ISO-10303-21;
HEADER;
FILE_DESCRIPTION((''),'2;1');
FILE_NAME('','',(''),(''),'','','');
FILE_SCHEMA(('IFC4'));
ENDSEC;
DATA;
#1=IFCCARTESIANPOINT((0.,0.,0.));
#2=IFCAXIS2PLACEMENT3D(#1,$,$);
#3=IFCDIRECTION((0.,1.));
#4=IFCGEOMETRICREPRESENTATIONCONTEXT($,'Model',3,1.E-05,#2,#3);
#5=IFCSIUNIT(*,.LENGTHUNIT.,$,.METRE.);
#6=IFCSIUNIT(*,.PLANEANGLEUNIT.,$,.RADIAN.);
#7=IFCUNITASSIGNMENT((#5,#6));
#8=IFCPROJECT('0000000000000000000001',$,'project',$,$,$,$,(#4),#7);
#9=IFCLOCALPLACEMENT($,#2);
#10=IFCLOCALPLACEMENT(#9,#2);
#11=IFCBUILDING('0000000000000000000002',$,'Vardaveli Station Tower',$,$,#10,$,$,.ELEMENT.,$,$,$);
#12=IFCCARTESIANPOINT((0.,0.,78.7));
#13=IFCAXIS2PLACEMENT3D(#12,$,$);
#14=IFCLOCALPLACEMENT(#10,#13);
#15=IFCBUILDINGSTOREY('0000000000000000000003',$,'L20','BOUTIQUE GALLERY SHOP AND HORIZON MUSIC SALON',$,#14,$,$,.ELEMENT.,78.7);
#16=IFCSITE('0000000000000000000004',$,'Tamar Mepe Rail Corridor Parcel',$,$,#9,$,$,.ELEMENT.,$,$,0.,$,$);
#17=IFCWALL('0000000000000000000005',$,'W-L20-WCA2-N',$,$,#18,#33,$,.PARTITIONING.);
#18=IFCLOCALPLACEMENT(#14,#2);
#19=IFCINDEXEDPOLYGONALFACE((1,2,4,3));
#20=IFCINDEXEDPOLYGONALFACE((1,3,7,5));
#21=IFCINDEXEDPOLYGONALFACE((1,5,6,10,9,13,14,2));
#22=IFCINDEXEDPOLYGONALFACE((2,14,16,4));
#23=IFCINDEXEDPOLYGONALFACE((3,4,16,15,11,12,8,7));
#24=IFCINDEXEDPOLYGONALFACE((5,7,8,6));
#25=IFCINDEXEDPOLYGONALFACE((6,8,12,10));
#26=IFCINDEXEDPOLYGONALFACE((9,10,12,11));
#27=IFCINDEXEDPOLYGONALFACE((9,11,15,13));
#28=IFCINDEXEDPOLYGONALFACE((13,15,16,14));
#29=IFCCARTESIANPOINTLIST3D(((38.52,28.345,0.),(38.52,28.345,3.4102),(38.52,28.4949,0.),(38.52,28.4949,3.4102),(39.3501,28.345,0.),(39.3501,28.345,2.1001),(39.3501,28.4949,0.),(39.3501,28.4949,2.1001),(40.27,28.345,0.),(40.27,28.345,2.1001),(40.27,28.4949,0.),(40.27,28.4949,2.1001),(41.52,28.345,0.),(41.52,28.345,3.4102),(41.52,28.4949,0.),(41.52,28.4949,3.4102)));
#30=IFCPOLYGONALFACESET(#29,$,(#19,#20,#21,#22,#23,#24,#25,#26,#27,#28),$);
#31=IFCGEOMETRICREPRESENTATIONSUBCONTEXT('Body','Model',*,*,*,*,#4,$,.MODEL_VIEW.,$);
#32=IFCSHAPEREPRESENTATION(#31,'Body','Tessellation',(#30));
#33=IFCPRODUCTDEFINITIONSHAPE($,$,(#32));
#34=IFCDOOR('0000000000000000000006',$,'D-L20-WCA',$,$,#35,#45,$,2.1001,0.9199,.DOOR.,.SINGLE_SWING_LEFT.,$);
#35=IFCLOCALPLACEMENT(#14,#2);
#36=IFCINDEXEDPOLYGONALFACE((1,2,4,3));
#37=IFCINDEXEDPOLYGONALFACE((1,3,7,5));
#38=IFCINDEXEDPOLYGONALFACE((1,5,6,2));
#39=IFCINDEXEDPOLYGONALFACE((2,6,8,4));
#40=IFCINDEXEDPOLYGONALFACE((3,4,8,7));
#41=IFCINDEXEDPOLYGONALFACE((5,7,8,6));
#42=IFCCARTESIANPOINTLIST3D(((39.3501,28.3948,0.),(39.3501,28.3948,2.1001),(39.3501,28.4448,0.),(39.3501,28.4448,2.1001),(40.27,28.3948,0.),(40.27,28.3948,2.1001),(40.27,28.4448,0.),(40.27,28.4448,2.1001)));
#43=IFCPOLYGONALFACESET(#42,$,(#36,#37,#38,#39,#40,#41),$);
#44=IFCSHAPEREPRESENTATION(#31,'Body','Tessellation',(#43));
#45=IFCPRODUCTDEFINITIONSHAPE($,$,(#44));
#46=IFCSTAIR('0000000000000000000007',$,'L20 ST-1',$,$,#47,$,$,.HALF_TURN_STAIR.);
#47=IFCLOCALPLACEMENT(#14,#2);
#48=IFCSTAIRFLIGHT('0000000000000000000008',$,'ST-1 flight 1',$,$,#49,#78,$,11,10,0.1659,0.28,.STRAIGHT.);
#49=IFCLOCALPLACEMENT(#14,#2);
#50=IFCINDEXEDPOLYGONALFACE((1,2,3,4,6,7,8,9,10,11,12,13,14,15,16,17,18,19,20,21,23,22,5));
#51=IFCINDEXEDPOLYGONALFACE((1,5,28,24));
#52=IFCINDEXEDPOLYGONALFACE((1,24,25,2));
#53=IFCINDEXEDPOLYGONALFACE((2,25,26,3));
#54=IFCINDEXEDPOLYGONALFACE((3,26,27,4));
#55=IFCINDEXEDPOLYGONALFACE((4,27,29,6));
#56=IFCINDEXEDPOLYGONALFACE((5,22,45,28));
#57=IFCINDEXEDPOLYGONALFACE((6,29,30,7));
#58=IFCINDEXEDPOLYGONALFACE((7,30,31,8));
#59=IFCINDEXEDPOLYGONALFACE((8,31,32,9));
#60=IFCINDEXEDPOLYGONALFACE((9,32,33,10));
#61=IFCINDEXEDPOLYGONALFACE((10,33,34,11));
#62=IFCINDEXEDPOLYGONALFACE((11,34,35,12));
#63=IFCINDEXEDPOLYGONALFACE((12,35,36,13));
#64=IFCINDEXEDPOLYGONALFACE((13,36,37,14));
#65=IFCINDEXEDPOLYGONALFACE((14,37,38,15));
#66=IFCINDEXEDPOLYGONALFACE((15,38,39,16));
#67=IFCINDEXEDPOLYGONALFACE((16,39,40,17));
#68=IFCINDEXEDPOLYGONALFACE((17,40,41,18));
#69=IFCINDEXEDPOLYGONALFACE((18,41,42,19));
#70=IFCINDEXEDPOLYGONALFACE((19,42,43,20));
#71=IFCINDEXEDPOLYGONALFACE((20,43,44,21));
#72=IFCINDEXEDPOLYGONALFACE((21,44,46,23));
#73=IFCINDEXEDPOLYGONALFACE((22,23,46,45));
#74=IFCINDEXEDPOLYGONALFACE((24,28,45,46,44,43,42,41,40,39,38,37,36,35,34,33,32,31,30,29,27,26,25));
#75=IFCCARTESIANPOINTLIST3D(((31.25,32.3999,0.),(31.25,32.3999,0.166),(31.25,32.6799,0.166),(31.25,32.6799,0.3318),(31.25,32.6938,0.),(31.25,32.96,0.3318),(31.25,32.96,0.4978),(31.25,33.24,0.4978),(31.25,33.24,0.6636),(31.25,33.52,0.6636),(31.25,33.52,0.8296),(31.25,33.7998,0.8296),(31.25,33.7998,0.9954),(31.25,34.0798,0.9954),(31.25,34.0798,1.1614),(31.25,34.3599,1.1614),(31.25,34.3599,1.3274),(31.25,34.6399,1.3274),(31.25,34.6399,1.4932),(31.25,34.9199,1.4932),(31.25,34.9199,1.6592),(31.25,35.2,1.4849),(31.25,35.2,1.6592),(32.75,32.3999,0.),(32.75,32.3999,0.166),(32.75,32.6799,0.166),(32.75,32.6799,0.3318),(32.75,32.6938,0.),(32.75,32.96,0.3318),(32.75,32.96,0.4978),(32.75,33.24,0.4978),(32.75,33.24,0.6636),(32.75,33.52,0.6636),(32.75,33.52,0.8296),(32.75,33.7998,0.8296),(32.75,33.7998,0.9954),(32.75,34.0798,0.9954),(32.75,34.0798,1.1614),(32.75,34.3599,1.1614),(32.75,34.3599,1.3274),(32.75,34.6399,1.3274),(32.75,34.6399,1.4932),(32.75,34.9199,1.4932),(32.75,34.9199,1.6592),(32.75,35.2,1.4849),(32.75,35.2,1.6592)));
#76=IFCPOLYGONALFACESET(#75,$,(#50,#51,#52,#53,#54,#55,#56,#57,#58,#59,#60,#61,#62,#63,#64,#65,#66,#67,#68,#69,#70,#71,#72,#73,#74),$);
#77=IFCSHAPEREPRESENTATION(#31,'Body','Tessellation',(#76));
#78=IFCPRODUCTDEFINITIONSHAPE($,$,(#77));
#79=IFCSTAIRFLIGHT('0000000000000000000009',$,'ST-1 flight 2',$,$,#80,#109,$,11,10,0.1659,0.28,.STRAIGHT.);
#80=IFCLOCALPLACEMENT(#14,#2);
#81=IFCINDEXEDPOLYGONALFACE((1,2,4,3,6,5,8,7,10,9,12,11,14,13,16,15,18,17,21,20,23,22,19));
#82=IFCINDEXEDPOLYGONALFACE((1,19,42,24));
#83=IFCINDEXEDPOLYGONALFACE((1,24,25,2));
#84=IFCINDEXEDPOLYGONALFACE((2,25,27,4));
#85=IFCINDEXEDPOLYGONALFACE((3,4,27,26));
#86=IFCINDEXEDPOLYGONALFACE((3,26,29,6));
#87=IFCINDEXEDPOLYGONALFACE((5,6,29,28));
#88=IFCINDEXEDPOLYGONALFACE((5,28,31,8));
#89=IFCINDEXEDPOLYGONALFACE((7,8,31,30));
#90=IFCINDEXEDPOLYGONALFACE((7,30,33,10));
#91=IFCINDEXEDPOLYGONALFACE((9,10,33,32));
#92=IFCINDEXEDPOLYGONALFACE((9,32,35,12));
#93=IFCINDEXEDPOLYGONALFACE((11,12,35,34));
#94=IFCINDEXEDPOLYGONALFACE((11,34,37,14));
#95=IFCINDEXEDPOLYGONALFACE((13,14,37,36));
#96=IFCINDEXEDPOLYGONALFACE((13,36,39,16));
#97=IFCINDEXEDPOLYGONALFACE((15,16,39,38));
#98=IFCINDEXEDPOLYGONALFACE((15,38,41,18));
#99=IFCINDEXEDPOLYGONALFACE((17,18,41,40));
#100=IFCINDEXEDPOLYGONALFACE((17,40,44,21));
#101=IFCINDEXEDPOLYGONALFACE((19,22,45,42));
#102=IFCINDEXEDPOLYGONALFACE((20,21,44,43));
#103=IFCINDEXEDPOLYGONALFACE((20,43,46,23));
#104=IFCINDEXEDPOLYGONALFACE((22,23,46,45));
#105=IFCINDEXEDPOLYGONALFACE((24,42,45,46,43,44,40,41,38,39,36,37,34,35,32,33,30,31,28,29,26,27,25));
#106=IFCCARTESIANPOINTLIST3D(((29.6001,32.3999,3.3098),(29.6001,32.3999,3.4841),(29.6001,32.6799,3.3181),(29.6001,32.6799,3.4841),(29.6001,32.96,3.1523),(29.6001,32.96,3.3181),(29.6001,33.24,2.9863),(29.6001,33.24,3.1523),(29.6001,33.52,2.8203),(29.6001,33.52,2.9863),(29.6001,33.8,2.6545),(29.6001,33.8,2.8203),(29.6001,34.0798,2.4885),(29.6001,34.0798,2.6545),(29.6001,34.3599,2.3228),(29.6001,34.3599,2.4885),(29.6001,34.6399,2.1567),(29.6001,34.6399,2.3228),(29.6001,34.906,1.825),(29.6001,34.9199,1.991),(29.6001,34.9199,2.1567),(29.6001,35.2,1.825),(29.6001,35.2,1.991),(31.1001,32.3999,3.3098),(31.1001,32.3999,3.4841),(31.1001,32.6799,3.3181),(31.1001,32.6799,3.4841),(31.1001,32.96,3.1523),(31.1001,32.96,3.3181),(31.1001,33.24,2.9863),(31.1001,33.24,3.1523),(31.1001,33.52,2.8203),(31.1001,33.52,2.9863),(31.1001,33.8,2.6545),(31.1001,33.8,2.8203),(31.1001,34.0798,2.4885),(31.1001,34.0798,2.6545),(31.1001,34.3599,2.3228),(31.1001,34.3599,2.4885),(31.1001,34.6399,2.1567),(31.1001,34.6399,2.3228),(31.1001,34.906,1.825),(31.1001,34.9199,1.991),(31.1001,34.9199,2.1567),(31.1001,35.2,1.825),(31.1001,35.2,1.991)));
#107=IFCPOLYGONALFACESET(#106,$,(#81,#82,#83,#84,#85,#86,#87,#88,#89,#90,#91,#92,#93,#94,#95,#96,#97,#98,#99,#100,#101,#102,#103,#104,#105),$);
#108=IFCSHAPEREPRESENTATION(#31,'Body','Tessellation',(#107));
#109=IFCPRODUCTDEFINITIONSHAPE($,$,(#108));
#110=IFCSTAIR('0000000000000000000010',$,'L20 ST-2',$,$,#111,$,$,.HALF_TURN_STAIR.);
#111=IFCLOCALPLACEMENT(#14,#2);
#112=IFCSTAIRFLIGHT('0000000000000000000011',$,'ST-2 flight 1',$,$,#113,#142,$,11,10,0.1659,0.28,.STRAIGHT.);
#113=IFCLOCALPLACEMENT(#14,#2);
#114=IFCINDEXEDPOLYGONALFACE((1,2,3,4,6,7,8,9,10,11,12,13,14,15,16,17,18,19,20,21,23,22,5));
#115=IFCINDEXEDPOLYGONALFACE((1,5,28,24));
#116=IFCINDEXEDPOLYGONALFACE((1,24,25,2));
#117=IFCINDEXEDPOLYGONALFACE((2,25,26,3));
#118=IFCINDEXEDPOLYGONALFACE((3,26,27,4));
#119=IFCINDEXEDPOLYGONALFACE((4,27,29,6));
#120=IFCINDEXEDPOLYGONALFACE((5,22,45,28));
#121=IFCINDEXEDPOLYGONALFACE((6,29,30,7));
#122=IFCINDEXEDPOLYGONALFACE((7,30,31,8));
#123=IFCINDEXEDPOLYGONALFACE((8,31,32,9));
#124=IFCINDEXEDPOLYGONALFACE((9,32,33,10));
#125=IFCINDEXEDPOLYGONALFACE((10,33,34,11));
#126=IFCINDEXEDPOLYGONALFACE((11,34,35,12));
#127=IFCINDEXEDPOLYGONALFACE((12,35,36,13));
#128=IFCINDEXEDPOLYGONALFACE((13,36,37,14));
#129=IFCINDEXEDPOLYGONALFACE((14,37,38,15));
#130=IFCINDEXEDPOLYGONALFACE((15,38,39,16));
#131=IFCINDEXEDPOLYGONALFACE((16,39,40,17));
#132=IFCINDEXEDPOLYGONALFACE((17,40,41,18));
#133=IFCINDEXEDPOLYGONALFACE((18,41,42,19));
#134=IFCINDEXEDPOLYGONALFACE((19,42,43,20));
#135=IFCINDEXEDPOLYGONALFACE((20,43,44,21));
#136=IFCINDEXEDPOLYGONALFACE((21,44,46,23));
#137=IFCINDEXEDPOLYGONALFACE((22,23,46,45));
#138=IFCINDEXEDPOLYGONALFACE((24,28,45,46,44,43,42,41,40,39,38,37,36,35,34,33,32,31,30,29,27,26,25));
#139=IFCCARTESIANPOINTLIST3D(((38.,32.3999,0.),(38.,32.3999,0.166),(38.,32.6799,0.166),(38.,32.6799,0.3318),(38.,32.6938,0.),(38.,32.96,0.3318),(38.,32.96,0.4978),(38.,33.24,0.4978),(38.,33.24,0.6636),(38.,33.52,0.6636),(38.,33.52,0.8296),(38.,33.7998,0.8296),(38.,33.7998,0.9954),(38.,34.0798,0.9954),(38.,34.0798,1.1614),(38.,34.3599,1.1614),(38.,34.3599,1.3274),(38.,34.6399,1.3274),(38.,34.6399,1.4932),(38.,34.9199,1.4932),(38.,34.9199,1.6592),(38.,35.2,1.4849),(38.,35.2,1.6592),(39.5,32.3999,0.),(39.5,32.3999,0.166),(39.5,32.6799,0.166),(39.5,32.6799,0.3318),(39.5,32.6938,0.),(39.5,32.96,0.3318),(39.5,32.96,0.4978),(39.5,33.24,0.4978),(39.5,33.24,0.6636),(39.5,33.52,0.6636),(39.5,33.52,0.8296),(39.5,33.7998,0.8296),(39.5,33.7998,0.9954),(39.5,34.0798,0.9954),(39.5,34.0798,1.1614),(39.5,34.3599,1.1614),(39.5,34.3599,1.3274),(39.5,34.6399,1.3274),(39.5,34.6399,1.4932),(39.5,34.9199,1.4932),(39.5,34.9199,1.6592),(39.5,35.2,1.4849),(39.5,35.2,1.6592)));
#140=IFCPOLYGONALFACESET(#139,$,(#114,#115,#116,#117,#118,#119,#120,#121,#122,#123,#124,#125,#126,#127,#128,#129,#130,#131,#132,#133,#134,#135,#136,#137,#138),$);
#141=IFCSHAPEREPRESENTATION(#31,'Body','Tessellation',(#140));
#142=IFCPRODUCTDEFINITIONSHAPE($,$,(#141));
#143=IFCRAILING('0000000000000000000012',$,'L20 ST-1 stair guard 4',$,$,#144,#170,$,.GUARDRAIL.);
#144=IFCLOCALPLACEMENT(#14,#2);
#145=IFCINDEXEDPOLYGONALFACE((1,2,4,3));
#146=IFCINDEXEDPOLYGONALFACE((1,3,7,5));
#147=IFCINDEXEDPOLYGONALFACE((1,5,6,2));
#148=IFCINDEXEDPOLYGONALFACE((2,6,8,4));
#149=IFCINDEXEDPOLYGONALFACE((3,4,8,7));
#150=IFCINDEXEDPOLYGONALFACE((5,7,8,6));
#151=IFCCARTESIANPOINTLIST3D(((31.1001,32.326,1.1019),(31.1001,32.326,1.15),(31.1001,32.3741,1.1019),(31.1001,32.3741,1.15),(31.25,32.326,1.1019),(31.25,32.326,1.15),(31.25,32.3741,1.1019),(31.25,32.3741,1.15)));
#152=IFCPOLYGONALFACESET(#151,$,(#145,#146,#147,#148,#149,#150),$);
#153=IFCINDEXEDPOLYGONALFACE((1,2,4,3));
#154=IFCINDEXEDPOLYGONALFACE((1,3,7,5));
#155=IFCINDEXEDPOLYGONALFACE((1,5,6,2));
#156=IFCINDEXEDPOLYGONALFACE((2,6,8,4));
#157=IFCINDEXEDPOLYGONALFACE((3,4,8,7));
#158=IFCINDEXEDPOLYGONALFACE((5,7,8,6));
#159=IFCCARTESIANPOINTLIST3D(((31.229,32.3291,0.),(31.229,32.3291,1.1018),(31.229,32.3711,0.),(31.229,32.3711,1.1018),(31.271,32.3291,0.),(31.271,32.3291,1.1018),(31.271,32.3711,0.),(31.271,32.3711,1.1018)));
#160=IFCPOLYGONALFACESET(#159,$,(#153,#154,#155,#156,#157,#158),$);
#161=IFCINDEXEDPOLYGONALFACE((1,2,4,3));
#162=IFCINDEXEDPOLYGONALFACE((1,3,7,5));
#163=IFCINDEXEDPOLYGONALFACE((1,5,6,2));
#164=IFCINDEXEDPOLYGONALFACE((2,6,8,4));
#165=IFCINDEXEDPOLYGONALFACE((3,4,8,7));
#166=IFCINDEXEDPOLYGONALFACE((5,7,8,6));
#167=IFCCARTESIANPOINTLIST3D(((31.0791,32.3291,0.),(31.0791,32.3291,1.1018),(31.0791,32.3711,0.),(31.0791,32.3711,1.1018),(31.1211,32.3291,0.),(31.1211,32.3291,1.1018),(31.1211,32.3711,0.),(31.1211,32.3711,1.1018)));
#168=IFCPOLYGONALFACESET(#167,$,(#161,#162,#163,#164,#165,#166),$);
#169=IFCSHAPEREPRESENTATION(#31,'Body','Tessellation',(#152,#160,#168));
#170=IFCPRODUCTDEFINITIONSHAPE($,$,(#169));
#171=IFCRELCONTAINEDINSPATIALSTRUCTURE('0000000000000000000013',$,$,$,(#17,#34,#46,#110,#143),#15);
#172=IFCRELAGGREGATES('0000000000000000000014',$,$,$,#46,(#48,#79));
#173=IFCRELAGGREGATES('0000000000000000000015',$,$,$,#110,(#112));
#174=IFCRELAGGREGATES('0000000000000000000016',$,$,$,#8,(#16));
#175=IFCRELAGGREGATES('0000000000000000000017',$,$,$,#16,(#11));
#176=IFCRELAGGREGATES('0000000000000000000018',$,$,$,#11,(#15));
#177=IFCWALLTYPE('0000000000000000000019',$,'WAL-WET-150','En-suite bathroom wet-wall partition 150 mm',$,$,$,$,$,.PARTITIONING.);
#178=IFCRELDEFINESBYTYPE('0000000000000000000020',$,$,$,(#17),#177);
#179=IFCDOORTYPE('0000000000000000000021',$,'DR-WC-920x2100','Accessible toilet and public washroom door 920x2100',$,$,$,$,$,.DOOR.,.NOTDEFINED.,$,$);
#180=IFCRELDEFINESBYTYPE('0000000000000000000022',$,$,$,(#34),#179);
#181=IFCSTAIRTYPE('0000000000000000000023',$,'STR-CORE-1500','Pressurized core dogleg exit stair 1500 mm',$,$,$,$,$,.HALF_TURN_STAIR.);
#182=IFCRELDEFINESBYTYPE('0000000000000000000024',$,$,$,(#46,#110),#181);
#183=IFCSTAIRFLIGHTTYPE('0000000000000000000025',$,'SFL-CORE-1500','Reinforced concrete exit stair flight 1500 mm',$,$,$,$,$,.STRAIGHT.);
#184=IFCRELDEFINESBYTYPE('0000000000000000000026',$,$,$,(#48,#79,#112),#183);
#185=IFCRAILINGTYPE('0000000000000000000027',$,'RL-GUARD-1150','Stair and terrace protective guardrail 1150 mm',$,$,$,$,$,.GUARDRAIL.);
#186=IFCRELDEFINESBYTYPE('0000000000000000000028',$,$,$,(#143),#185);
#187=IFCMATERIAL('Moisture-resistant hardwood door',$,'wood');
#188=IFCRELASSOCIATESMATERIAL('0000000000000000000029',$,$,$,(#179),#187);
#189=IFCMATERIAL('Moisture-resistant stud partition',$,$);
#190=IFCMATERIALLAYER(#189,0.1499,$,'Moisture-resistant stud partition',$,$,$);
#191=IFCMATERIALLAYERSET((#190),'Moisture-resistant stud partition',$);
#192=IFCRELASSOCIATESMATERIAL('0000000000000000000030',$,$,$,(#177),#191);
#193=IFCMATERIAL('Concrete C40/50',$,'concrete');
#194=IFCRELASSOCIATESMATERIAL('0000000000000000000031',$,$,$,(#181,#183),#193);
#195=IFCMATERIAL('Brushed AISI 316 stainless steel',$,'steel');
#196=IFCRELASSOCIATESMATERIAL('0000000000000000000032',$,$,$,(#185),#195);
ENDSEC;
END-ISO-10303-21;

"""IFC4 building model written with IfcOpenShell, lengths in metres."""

from ifc_helpers import new_model, si_unit, direction, frame, frame_2d, origin, origin_2d, place, context, subcontext, project, spatial, polyline, rectangle, outline, extrude, source, transform, mapped, material, layer, layer_set, type_object, element, fill, aggregate, save


model = new_model("IFC4")

# Units and contexts
model_context = context("Model", 3, precision=1e-05, world=origin(), true_north=direction((0.0, 1.0)))
body_context = subcontext(model_context, "Body", "Model", "MODEL_VIEW")
ifc_project = project(units=[si_unit("LENGTHUNIT", "METRE"), si_unit("PLANEANGLEUNIT", "RADIAN")], contexts=[model_context])

# Site, building, storey
site_placement = place(None, origin())
site = spatial("IfcSite", under=ifc_project, at=site_placement, Name="Tamar Mepe Rail Corridor Parcel", CompositionType="ELEMENT", RefElevation=0.0)
building_placement = place(site_placement, origin())
building = spatial("IfcBuilding", under=site, at=building_placement, Name="Vardaveli Station Tower", CompositionType="ELEMENT")
storey_placement = place(building_placement, frame((0.0, 0.0, 78.7)))
storey = spatial("IfcBuildingStorey", under=building, at=storey_placement, Name="L20", Description="BOUTIQUE GALLERY SHOP AND HORIZON MUSIC SALON", CompositionType="ELEMENT", Elevation=78.7)

# Shared definitions
ifc_material_1 = material(Name="Concrete C40/50", Category="concrete")

# Wall, opening, door
ifc_material_2 = material(Name="Moisture-resistant hardwood door", Category="wood")
door_type_1 = type_object("IfcDoorType", Name="DR-WC-920x2100", Description="Accessible toilet and public washroom door 920x2100", OperationType="NOTDEFINED", PredefinedType="DOOR", material=ifc_material_2)
shared_shape_1 = source(origin(), body_context, "Body", "SweptSolid", [
    extrude(rectangle(XDim=0.9199, YDim=2.1001, at=frame_2d((0.46, 1.05))), frame((0.0, 0.0249, 0.0), z_axis=(0.0, -1.0, 0.0), x_axis=(1.0, 0.0, 0.0)), (0.0, 0.0, 1.0), 0.05),
])
ifc_material_3 = material(Name="Moisture-resistant stud partition")
ifc_layer_1 = layer(ifc_material_3, 0.1499, Name="Moisture-resistant stud partition")
ifc_layer_set_1 = layer_set([ifc_layer_1], Name="Moisture-resistant stud partition")
wall_type_1 = type_object("IfcWallType", Name="WAL-WET-150", Description="En-suite bathroom wet-wall partition 150 mm", PredefinedType="PARTITIONING", material=ifc_layer_set_1)
shared_shape_2 = source(origin(), body_context, "Body", "SweptSolid", [
    extrude(rectangle(XDim=3.0, YDim=0.1499, at=frame_2d((1.5, 0.0))), origin(), (0.0, 0.0, 1.0), 3.4102),
])
wall_1_placement = place(storey_placement, frame((38.52, 28.4199, 0.0), z_axis=(0.0, 0.0, 1.0), x_axis=(1.0, 0.0, 0.0)))
wall_1 = element("IfcWall", 1, at=wall_1_placement, inside=storey, type_object=wall_type_1, Name="W-L20-WCA2-N", PredefinedType="PARTITIONING", context=body_context, shape_type="MappedRepresentation", body=[
    mapped(shared_shape_2, transform((0.0, 0.0, 0.0), scale=1.0)),
])
shared_shape_3 = source(origin(), body_context, "Body", "SweptSolid", [
    extrude(rectangle(XDim=0.9199, YDim=2.1001, at=frame_2d((0.46, 1.05))), frame((0.0, 0.085, 0.0), z_axis=(0.0, -1.0, 0.0), x_axis=(1.0, 0.0, 0.0)), (0.0, 0.0, 1.0), 0.1699),
])
opening_1_placement = place(wall_1_placement, frame((0.8301, 0.0, 0.0)))
opening_1 = element("IfcOpeningElement", 2, at=opening_1_placement, cuts=wall_1, PredefinedType="OPENING", context=body_context, shape_type="MappedRepresentation", body=[
    mapped(shared_shape_3, transform((0.0, 0.0, 0.0), scale=1.0)),
])
door_1_placement = place(opening_1_placement, origin())
door_1 = element("IfcDoor", 3, at=door_1_placement, inside=storey, type_object=door_type_1, Name="D-L20-WCA", OperationType="SINGLE_SWING_LEFT", OverallHeight=2.1001, OverallWidth=0.9199, PredefinedType="DOOR", context=body_context, shape_type="MappedRepresentation", body=[
    mapped(shared_shape_1, transform((0.0, 0.0, 0.0), scale=1.0)),
])
fill(opening_1, door_1)

# Stair, stair flights
stair_type = type_object("IfcStairType", Name="STR-CORE-1500", Description="Pressurized core dogleg exit stair 1500 mm", PredefinedType="HALF_TURN_STAIR", material=ifc_material_1)
stair_1_placement = place(storey_placement, origin())
stair_1 = element("IfcStair", 4, at=stair_1_placement, inside=storey, type_object=stair_type, Name="L20 ST-1", PredefinedType="HALF_TURN_STAIR")
stair_flight_type = type_object("IfcStairFlightType", Name="SFL-CORE-1500", Description="Reinforced concrete exit stair flight 1500 mm", PredefinedType="STRAIGHT", material=ifc_material_1)
shared_shape_4 = source(origin(), body_context, "Body", "SweptSolid", [
    extrude(outline(polyline([(0.0, 0.0), (0.0, 0.166), (0.28, 0.166), (0.28, 0.3318), (0.5601, 0.3318), (0.5601, 0.4978), (0.8401, 0.4978), (0.8401, 0.6636), (1.1201, 0.6636), (1.1201, 0.8296), (1.3999, 0.8296), (1.3999, 0.9954), (1.6799, 0.9954), (1.6799, 1.1614), (1.96, 1.1614), (1.96, 1.3274), (2.24, 1.3274), (2.24, 1.4932), (2.52, 1.4932), (2.52, 1.6592), (2.8, 1.6592), (2.8, 1.825), (2.8, 1.4849), (0.2939, 0.0), (0.0, 0.0)])), frame((0.0, 0.75, 0.0), z_axis=(0.0, -1.0, 0.0), x_axis=(1.0, 0.0, 0.0)), (0.0, 0.0, 1.0), 1.5),
])
stair_flight_1_placement = place(storey_placement, frame((32.0, 32.3999, 0.0), z_axis=(0.0, 0.0, 1.0), x_axis=(0.0, 1.0, 0.0)))
stair_flight_1 = element("IfcStairFlight", 5, at=stair_flight_1_placement, type_object=stair_flight_type, Name="ST-1 flight 1", NumberOfRisers=11, NumberOfTreads=10, PredefinedType="STRAIGHT", RiserHeight=0.1659, TreadLength=0.28, context=body_context, shape_type="MappedRepresentation", body=[
    mapped(shared_shape_4, transform((0.0, 0.0, 0.0), scale=1.0)),
])
stair_flight_2_placement = place(storey_placement, frame((30.3501, 35.2, 1.825), z_axis=(0.0, 0.0, 1.0), x_axis=(0.0, -1.0, 0.0)))
stair_flight_2 = element("IfcStairFlight", 6, at=stair_flight_2_placement, type_object=stair_flight_type, Name="ST-1 flight 2", NumberOfRisers=11, NumberOfTreads=10, PredefinedType="STRAIGHT", RiserHeight=0.1659, TreadLength=0.28, context=body_context, shape_type="MappedRepresentation", body=[
    mapped(shared_shape_4, transform((0.0, 0.0, 0.0), scale=1.0)),
])
aggregate(stair_1, [stair_flight_1, stair_flight_2])

# Stair, stair flight
stair_2_placement = place(storey_placement, origin())
stair_2 = element("IfcStair", 7, at=stair_2_placement, inside=storey, type_object=stair_type, Name="L20 ST-2", PredefinedType="HALF_TURN_STAIR")
stair_flight_3_placement = place(storey_placement, frame((38.75, 32.3999, 0.0), z_axis=(0.0, 0.0, 1.0), x_axis=(0.0, 1.0, 0.0)))
stair_flight_3 = element("IfcStairFlight", 8, at=stair_flight_3_placement, type_object=stair_flight_type, Name="ST-2 flight 1", NumberOfRisers=11, NumberOfTreads=10, PredefinedType="STRAIGHT", RiserHeight=0.1659, TreadLength=0.28, context=body_context, shape_type="MappedRepresentation", body=[
    mapped(shared_shape_4, transform((0.0, 0.0, 0.0), scale=1.0)),
])
aggregate(stair_2, [stair_flight_3])

# Railing
ifc_material_4 = material(Name="Brushed AISI 316 stainless steel", Category="steel")
railing_type_1 = type_object("IfcRailingType", Name="RL-GUARD-1150", Description="Stair and terrace protective guardrail 1150 mm", PredefinedType="GUARDRAIL", material=ifc_material_4)
shared_shape_5 = source(origin(), body_context, "Body", "SweptSolid", [
    extrude(rectangle(XDim=0.0481, YDim=0.0481, at=origin_2d()), frame((0.0, 0.0, 1.126), z_axis=(-1.0, 0.0, 0.0), x_axis=(0.0, -1.0, 0.0)), (0.0, 0.0, 1.0), 0.1499),
    extrude(rectangle(XDim=0.042, YDim=0.042, at=origin_2d()), origin(), (0.0, 0.0, 1.0), 1.1018),
    extrude(rectangle(XDim=0.042, YDim=0.042, at=origin_2d()), frame((-0.1499, 0.0, 0.0)), (0.0, 0.0, 1.0), 1.1018),
])
for number, where, name in (
    (9, (31.25, 32.3501, 0.0), "L20 ST-1 stair guard 4"),
):
    element("IfcRailing", number, at=place(storey_placement, frame(where)), inside=storey, type_object=railing_type_1, Name=name, PredefinedType="GUARDRAIL", context=body_context, shape_type="MappedRepresentation", body=[
        mapped(shared_shape_5, transform((0.0, 0.0, 0.0), scale=1.0)),
    ])

save(model, "model.ifc")
